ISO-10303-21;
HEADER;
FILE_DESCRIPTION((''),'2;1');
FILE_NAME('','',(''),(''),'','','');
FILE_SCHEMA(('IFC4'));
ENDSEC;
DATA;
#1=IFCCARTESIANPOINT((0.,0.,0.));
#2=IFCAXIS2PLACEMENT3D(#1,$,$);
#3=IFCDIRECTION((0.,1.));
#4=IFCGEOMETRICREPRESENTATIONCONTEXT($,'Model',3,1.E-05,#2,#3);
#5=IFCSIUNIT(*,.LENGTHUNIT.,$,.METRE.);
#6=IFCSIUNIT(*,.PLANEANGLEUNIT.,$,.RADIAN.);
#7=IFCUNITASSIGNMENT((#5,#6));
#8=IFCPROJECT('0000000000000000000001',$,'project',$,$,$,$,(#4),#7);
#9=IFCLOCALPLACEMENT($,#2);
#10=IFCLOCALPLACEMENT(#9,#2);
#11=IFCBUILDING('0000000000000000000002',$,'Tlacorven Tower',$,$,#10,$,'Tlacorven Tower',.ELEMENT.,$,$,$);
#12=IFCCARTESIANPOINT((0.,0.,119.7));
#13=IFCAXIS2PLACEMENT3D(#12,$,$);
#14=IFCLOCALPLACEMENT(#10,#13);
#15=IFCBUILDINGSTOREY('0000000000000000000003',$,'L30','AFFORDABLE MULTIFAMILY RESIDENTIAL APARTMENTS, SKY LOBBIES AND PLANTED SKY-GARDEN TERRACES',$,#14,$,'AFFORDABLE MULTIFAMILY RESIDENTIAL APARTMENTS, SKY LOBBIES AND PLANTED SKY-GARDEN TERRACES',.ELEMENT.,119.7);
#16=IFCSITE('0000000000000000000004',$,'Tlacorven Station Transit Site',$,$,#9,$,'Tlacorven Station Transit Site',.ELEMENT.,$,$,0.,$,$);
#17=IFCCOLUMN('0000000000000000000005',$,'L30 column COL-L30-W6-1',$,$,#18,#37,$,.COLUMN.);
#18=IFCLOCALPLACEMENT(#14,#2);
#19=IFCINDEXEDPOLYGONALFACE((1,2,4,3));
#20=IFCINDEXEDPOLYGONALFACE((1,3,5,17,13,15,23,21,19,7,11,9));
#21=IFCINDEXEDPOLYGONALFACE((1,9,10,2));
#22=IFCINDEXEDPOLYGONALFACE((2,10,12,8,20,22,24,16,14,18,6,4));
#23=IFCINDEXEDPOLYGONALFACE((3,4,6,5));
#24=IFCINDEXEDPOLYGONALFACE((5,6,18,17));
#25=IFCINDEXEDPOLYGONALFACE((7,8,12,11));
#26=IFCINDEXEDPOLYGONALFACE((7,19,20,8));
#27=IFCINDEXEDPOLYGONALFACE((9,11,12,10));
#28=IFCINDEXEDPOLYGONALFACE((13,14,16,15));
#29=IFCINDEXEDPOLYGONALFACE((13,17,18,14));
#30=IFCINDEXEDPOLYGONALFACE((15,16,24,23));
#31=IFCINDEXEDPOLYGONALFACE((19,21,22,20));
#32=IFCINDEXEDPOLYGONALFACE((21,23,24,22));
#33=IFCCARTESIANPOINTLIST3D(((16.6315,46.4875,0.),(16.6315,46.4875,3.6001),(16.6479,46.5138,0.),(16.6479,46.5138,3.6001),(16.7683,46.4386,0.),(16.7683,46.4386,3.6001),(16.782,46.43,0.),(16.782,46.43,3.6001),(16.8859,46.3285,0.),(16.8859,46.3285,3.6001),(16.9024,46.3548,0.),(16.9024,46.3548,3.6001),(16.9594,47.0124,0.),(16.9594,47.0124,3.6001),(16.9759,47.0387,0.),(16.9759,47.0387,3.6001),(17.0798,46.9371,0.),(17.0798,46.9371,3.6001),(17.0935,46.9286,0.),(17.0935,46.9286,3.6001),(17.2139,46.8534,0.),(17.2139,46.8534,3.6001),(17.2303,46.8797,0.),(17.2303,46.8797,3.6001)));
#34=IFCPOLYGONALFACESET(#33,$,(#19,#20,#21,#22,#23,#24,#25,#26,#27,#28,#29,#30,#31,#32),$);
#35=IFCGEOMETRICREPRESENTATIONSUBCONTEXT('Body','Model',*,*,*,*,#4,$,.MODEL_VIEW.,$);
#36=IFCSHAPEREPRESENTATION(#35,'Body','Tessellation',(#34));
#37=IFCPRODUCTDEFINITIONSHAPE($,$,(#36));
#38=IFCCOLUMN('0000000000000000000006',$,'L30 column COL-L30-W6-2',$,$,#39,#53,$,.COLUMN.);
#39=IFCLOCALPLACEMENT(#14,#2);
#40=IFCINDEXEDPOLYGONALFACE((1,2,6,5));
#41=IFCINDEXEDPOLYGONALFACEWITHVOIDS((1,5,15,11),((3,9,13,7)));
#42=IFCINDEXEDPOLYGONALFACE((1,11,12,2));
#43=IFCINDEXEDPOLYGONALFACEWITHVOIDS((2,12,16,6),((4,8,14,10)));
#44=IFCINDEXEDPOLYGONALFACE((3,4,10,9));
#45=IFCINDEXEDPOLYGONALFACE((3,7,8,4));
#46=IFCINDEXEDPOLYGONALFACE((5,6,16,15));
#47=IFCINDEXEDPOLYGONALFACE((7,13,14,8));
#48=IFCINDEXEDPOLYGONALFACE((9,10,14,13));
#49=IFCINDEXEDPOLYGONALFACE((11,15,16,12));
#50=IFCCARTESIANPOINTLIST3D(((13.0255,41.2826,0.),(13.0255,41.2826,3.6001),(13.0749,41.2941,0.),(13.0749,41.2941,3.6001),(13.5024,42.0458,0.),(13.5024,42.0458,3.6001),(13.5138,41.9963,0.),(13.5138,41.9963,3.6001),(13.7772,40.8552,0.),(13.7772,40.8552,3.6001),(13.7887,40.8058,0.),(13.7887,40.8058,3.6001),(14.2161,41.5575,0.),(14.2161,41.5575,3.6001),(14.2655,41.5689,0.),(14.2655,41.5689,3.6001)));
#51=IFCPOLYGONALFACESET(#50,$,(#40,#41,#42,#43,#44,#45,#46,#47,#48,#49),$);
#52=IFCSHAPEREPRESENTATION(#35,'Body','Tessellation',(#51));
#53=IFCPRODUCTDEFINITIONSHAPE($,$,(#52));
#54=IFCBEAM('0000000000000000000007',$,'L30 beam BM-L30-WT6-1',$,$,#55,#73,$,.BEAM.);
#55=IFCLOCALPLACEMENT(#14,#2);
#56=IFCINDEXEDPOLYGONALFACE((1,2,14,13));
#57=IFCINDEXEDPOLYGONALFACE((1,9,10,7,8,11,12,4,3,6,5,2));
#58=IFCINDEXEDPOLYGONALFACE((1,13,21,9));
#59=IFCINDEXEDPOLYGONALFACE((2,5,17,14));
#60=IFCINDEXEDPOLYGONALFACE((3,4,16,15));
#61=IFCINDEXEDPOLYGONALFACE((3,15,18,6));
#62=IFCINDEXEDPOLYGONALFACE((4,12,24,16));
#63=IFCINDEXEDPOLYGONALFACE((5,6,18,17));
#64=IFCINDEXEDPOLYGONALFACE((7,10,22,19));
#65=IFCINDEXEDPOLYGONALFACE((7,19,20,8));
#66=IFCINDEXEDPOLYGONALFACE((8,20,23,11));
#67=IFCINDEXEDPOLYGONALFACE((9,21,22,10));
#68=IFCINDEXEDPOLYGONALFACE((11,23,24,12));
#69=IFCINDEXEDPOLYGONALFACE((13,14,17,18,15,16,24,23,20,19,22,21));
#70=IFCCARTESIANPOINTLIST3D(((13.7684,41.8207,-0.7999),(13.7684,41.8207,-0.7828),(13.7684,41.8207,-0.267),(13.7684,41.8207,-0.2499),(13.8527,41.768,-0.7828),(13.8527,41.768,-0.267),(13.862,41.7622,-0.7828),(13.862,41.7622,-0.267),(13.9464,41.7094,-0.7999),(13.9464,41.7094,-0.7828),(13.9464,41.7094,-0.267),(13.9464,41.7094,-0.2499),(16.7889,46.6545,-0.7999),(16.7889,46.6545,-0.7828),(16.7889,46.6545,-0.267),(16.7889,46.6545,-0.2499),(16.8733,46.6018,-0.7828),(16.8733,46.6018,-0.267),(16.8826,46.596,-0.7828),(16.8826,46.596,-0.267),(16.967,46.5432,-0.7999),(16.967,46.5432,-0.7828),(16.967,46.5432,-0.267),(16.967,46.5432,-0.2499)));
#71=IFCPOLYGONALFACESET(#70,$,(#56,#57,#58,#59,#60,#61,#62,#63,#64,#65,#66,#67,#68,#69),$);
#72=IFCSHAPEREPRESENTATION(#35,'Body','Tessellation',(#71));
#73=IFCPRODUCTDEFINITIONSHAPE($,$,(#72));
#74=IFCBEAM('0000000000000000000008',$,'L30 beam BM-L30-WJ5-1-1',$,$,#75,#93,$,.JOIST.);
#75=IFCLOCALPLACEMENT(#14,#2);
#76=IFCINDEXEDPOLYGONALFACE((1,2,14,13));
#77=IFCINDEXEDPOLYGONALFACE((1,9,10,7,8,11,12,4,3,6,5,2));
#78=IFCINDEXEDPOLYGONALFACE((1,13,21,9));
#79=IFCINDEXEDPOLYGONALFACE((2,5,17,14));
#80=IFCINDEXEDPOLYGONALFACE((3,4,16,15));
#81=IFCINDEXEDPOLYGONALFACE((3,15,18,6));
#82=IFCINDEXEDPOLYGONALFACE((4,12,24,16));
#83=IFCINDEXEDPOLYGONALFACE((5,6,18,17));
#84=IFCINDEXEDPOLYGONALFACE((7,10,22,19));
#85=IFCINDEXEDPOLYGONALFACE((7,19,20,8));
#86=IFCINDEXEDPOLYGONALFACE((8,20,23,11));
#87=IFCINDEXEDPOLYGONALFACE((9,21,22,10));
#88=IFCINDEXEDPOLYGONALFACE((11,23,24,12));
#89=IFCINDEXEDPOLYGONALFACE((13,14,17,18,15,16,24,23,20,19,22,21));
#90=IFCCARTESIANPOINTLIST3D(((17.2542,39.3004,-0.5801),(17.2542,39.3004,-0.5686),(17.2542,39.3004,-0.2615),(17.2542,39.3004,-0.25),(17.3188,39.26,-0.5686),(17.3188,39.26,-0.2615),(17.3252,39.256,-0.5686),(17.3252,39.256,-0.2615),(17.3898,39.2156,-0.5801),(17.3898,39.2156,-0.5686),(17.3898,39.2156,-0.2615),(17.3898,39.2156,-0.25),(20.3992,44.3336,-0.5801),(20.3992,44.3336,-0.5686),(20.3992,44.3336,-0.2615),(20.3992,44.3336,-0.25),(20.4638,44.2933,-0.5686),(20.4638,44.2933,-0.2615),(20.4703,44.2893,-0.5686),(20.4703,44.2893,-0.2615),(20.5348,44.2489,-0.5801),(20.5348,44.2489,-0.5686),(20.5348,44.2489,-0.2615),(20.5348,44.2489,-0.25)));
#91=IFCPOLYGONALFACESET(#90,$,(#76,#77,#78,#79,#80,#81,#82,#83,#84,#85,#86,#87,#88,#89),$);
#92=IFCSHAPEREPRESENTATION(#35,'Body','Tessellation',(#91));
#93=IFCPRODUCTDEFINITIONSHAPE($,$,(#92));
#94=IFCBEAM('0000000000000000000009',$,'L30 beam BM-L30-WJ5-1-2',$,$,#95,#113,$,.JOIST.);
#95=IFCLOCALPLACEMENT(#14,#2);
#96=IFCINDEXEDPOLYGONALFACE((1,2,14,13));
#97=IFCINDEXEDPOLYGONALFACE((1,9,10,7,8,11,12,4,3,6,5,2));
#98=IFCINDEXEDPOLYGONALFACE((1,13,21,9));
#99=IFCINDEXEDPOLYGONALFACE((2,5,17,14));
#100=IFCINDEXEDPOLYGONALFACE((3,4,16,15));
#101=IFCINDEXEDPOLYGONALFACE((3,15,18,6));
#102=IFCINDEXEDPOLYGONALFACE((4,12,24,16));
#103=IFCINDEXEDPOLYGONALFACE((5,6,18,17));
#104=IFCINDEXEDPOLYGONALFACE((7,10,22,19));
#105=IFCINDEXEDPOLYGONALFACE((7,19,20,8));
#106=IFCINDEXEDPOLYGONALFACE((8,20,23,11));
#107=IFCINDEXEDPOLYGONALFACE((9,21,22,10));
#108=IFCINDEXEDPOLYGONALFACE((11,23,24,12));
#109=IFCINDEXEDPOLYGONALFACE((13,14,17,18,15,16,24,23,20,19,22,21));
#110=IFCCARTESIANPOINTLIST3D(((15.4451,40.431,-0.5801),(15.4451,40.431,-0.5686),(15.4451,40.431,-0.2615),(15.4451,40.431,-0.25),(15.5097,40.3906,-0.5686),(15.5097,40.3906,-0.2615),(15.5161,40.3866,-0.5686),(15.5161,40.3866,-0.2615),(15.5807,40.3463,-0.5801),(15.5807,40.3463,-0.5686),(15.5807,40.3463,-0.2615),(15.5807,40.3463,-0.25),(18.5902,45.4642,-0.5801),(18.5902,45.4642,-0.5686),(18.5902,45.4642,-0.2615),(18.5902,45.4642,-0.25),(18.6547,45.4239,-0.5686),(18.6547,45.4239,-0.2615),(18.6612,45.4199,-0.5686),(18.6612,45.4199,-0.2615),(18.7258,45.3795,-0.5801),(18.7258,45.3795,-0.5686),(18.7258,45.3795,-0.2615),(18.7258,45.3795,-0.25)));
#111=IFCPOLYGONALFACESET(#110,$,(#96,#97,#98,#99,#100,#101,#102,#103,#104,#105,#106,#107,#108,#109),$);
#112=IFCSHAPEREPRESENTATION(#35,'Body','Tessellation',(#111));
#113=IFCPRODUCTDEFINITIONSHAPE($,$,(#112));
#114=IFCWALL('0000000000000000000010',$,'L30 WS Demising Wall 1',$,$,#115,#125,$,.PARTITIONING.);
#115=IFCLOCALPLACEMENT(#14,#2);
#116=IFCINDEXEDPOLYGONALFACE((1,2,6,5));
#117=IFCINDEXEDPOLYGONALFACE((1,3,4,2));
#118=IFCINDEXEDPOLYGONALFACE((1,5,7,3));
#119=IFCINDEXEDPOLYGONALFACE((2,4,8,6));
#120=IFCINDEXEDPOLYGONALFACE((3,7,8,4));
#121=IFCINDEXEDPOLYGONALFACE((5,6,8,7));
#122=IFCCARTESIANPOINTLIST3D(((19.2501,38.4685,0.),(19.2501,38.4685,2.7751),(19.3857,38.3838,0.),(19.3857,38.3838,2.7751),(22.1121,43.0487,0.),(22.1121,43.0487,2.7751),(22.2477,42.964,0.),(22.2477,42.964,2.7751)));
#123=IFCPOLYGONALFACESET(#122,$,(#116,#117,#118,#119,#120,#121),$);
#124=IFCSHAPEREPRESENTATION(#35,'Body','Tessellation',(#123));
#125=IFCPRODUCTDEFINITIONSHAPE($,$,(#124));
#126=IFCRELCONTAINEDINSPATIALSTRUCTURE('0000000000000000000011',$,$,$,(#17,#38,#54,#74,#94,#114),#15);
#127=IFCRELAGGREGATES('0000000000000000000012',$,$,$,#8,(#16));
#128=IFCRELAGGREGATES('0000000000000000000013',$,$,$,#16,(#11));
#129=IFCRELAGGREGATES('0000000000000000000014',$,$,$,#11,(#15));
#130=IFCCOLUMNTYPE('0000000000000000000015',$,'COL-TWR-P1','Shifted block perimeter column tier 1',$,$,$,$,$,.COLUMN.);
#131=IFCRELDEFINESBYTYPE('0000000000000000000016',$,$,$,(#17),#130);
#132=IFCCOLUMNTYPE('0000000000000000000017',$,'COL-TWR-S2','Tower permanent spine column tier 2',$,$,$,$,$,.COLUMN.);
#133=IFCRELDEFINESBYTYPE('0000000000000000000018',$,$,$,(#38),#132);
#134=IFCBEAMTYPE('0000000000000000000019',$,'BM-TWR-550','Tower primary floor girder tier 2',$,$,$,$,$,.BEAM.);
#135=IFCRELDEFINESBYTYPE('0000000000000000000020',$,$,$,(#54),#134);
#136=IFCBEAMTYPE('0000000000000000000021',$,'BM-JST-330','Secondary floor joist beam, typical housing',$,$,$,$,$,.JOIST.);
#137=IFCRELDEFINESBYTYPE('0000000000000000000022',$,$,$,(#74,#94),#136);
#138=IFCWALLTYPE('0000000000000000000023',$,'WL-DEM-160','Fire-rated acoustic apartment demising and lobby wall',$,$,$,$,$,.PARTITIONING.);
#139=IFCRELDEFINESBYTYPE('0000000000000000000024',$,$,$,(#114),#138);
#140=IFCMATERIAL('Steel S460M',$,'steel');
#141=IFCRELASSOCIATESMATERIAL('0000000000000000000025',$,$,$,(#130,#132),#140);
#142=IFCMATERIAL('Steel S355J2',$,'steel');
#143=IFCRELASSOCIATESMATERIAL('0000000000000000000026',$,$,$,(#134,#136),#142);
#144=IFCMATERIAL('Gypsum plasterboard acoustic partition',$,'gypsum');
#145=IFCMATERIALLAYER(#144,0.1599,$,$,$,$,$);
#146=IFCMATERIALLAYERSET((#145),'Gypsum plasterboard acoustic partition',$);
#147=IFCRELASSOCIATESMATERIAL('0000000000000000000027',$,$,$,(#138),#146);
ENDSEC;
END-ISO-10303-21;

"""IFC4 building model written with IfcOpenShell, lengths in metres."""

from ifc_helpers import new_model, si_unit, direction, frame, frame_2d, origin, origin_2d, place, context, subcontext, project, spatial, rectangle, hollow_rectangle, i_section, extrude, source, transform, mapped, material, layer, layer_set, material_profile, profile_set, type_object, element, save


model = new_model("IFC4")

# Units and contexts
model_context = context("Model", 3, precision=1e-05, world=origin(), true_north=direction((0.0, 1.0)))
body_context = subcontext(model_context, "Body", "Model", "MODEL_VIEW")
ifc_project = project(units=[si_unit("LENGTHUNIT", "METRE"), si_unit("PLANEANGLEUNIT", "RADIAN")], contexts=[model_context])

# Site, building, storey
site_placement = place(None, origin())
site = spatial("IfcSite", under=ifc_project, at=site_placement, Name="Tlacorven Station Transit Site", LongName="Tlacorven Station Transit Site", CompositionType="ELEMENT", RefElevation=0.0)
building_placement = place(site_placement, origin())
building = spatial("IfcBuilding", under=site, at=building_placement, Name="Tlacorven Tower", LongName="Tlacorven Tower", CompositionType="ELEMENT")
storey_placement = place(building_placement, frame((0.0, 0.0, 119.7)))
storey = spatial("IfcBuildingStorey", under=building, at=storey_placement, Name="L30", Description="AFFORDABLE MULTIFAMILY RESIDENTIAL APARTMENTS, SKY LOBBIES AND PLANTED SKY-GARDEN TERRACES", LongName="AFFORDABLE MULTIFAMILY RESIDENTIAL APARTMENTS, SKY LOBBIES AND PLANTED SKY-GARDEN TERRACES", CompositionType="ELEMENT", Elevation=119.7)

# Columns
ifc_material_1 = material(Name="Steel S460M", Category="steel")
ifc_material_profile_1 = material_profile(ifc_material_1, i_section(OverallWidth=0.3, OverallDepth=0.6499, WebThickness=0.0161, FlangeThickness=0.031, at=origin_2d()), Name="HEB 650")
ifc_profile_set_1 = profile_set([ifc_material_profile_1], Name="Steel S460M")
column_type_1 = type_object("IfcColumnType", Name="COL-TWR-P1", Description="Shifted block perimeter column tier 1", PredefinedType="COLUMN", material=ifc_profile_set_1)
shared_shape_1 = source(origin(), body_context, "Body", "SweptSolid", [
    extrude(i_section(OverallWidth=0.3, OverallDepth=0.6499, WebThickness=0.0161, FlangeThickness=0.031, at=origin_2d()), origin(), (0.0, 0.0, 1.0), 3.6001),
])
column_1_placement = place(storey_placement, frame((16.9309, 46.6836, 0.0), z_axis=(0.0, 0.0, 1.0), x_axis=(-0.848048, 0.529919, 0.0)))
element("IfcColumn", 1, at=column_1_placement, inside=storey, type_object=column_type_1, Name="L30 column COL-L30-W6-1", PredefinedType="COLUMN", context=body_context, shape_type="MappedRepresentation", body=[
    mapped(shared_shape_1, transform((0.0, 0.0, 0.0), scale=1.0)),
])
ifc_material_profile_2 = material_profile(ifc_material_1, hollow_rectangle(XDim=0.8999, YDim=0.8999, WallThickness=0.0359, at=origin_2d()), Name="BOX 900X900X36")
ifc_profile_set_2 = profile_set([ifc_material_profile_2], Name="Steel S460M")
column_type_2 = type_object("IfcColumnType", Name="COL-TWR-S2", Description="Tower permanent spine column tier 2", PredefinedType="COLUMN", material=ifc_profile_set_2)
shared_shape_2 = source(origin(), body_context, "Body", "SweptSolid", [
    extrude(hollow_rectangle(XDim=0.8999, YDim=0.8999, WallThickness=0.0359, at=origin_2d()), origin(), (0.0, 0.0, 1.0), 3.6001),
])
column_2_placement = place(storey_placement, frame((13.6455, 41.4258, 0.0), z_axis=(0.0, 0.0, 1.0), x_axis=(-0.848048, 0.529919, 0.0)))
element("IfcColumn", 2, at=column_2_placement, inside=storey, type_object=column_type_2, Name="L30 column COL-L30-W6-2", PredefinedType="COLUMN", context=body_context, shape_type="MappedRepresentation", body=[
    mapped(shared_shape_2, transform((0.0, 0.0, 0.0), scale=1.0)),
])

# Beams
ifc_material_2 = material(Name="Steel S355J2", Category="steel")
ifc_material_profile_3 = material_profile(ifc_material_2, i_section(OverallWidth=0.21, OverallDepth=0.55, WebThickness=0.011, FlangeThickness=0.0171, at=origin_2d()), Name="IPE 550")
ifc_profile_set_3 = profile_set([ifc_material_profile_3], Name="Steel S355J2")
beam_type_1 = type_object("IfcBeamType", Name="BM-TWR-550", Description="Tower primary floor girder tier 2", PredefinedType="BEAM", material=ifc_profile_set_3)
shared_shape_3 = source(origin(), body_context, "Body", "SweptSolid", [
    extrude(i_section(OverallWidth=0.21, OverallDepth=0.55, WebThickness=0.011, FlangeThickness=0.0171, at=origin_2d()), origin(), (0.0, 0.0, 1.0), 5.7),
])
beam_placement = place(storey_placement, frame((16.8779, 46.5989, -0.5249), z_axis=(-0.529926, -0.848044, 0.0), x_axis=(0.848044, -0.529926, 0.0)))
element("IfcBeam", 3, at=beam_placement, inside=storey, type_object=beam_type_1, Name="L30 beam BM-L30-WT6-1", PredefinedType="BEAM", context=body_context, shape_type="MappedRepresentation", body=[
    mapped(shared_shape_3, transform((0.0, 0.0, 0.0), scale=1.0)),
])
ifc_material_profile_4 = material_profile(ifc_material_2, i_section(OverallWidth=0.1599, OverallDepth=0.3301, WebThickness=0.0076, FlangeThickness=0.0115, at=origin_2d()), Name="IPE 330")
ifc_profile_set_4 = profile_set([ifc_material_profile_4], Name="Steel S355J2")
beam_type_2 = type_object("IfcBeamType", Name="BM-JST-330", Description="Secondary floor joist beam, typical housing", PredefinedType="JOIST", material=ifc_profile_set_4)
shared_shape_4 = source(origin(), body_context, "Body", "SweptSolid", [
    extrude(i_section(OverallWidth=0.1599, OverallDepth=0.3301, WebThickness=0.0076, FlangeThickness=0.0115, at=origin_2d()), origin(), (0.0, 0.0, 1.0), 5.9351),
])
for number, where, z_axis, x_axis, name in (
    (4, (20.467, 44.2913, -0.415), (-0.52991, -0.848054, 0.0), (0.848054, -0.52991, 0.0), "L30 beam BM-L30-WJ5-1-1"),
    (5, (18.658, 45.4219, -0.415), (-0.52991, -0.848054, 0.0), (0.848054, -0.52991, 0.0), "L30 beam BM-L30-WJ5-1-2"),
):
    element("IfcBeam", number, at=place(storey_placement, frame(where, z_axis=z_axis, x_axis=x_axis)), inside=storey, type_object=beam_type_2, Name=name, PredefinedType="JOIST", context=body_context, shape_type="MappedRepresentation", body=[
        mapped(shared_shape_4, transform((0.0, 0.0, 0.0), scale=1.0)),
    ])

# Wall
ifc_material_3 = material(Name="Gypsum plasterboard acoustic partition", Category="gypsum")
ifc_layer_1 = layer(ifc_material_3, 0.1599)
ifc_layer_set_1 = layer_set([ifc_layer_1], Name="Gypsum plasterboard acoustic partition")
wall_type_1 = type_object("IfcWallType", Name="WL-DEM-160", Description="Fire-rated acoustic apartment demising and lobby wall", PredefinedType="PARTITIONING", material=ifc_layer_set_1)
wall_1_placement = place(storey_placement, frame((22.1799, 43.0063, 0.0), z_axis=(0.0, 0.0, 1.0), x_axis=(-0.529914, -0.848052, 0.0)))
element("IfcWall", 6, at=wall_1_placement, inside=storey, type_object=wall_type_1, Name="L30 WS Demising Wall 1", PredefinedType="PARTITIONING", context=body_context, shape_type="SweptSolid", body=[
    extrude(rectangle(XDim=5.4009, YDim=0.1599, at=frame_2d((2.7004, 0.0))), origin(), (0.0, 0.0, 1.0), 2.7751),
])

save(model, "model.ifc")
